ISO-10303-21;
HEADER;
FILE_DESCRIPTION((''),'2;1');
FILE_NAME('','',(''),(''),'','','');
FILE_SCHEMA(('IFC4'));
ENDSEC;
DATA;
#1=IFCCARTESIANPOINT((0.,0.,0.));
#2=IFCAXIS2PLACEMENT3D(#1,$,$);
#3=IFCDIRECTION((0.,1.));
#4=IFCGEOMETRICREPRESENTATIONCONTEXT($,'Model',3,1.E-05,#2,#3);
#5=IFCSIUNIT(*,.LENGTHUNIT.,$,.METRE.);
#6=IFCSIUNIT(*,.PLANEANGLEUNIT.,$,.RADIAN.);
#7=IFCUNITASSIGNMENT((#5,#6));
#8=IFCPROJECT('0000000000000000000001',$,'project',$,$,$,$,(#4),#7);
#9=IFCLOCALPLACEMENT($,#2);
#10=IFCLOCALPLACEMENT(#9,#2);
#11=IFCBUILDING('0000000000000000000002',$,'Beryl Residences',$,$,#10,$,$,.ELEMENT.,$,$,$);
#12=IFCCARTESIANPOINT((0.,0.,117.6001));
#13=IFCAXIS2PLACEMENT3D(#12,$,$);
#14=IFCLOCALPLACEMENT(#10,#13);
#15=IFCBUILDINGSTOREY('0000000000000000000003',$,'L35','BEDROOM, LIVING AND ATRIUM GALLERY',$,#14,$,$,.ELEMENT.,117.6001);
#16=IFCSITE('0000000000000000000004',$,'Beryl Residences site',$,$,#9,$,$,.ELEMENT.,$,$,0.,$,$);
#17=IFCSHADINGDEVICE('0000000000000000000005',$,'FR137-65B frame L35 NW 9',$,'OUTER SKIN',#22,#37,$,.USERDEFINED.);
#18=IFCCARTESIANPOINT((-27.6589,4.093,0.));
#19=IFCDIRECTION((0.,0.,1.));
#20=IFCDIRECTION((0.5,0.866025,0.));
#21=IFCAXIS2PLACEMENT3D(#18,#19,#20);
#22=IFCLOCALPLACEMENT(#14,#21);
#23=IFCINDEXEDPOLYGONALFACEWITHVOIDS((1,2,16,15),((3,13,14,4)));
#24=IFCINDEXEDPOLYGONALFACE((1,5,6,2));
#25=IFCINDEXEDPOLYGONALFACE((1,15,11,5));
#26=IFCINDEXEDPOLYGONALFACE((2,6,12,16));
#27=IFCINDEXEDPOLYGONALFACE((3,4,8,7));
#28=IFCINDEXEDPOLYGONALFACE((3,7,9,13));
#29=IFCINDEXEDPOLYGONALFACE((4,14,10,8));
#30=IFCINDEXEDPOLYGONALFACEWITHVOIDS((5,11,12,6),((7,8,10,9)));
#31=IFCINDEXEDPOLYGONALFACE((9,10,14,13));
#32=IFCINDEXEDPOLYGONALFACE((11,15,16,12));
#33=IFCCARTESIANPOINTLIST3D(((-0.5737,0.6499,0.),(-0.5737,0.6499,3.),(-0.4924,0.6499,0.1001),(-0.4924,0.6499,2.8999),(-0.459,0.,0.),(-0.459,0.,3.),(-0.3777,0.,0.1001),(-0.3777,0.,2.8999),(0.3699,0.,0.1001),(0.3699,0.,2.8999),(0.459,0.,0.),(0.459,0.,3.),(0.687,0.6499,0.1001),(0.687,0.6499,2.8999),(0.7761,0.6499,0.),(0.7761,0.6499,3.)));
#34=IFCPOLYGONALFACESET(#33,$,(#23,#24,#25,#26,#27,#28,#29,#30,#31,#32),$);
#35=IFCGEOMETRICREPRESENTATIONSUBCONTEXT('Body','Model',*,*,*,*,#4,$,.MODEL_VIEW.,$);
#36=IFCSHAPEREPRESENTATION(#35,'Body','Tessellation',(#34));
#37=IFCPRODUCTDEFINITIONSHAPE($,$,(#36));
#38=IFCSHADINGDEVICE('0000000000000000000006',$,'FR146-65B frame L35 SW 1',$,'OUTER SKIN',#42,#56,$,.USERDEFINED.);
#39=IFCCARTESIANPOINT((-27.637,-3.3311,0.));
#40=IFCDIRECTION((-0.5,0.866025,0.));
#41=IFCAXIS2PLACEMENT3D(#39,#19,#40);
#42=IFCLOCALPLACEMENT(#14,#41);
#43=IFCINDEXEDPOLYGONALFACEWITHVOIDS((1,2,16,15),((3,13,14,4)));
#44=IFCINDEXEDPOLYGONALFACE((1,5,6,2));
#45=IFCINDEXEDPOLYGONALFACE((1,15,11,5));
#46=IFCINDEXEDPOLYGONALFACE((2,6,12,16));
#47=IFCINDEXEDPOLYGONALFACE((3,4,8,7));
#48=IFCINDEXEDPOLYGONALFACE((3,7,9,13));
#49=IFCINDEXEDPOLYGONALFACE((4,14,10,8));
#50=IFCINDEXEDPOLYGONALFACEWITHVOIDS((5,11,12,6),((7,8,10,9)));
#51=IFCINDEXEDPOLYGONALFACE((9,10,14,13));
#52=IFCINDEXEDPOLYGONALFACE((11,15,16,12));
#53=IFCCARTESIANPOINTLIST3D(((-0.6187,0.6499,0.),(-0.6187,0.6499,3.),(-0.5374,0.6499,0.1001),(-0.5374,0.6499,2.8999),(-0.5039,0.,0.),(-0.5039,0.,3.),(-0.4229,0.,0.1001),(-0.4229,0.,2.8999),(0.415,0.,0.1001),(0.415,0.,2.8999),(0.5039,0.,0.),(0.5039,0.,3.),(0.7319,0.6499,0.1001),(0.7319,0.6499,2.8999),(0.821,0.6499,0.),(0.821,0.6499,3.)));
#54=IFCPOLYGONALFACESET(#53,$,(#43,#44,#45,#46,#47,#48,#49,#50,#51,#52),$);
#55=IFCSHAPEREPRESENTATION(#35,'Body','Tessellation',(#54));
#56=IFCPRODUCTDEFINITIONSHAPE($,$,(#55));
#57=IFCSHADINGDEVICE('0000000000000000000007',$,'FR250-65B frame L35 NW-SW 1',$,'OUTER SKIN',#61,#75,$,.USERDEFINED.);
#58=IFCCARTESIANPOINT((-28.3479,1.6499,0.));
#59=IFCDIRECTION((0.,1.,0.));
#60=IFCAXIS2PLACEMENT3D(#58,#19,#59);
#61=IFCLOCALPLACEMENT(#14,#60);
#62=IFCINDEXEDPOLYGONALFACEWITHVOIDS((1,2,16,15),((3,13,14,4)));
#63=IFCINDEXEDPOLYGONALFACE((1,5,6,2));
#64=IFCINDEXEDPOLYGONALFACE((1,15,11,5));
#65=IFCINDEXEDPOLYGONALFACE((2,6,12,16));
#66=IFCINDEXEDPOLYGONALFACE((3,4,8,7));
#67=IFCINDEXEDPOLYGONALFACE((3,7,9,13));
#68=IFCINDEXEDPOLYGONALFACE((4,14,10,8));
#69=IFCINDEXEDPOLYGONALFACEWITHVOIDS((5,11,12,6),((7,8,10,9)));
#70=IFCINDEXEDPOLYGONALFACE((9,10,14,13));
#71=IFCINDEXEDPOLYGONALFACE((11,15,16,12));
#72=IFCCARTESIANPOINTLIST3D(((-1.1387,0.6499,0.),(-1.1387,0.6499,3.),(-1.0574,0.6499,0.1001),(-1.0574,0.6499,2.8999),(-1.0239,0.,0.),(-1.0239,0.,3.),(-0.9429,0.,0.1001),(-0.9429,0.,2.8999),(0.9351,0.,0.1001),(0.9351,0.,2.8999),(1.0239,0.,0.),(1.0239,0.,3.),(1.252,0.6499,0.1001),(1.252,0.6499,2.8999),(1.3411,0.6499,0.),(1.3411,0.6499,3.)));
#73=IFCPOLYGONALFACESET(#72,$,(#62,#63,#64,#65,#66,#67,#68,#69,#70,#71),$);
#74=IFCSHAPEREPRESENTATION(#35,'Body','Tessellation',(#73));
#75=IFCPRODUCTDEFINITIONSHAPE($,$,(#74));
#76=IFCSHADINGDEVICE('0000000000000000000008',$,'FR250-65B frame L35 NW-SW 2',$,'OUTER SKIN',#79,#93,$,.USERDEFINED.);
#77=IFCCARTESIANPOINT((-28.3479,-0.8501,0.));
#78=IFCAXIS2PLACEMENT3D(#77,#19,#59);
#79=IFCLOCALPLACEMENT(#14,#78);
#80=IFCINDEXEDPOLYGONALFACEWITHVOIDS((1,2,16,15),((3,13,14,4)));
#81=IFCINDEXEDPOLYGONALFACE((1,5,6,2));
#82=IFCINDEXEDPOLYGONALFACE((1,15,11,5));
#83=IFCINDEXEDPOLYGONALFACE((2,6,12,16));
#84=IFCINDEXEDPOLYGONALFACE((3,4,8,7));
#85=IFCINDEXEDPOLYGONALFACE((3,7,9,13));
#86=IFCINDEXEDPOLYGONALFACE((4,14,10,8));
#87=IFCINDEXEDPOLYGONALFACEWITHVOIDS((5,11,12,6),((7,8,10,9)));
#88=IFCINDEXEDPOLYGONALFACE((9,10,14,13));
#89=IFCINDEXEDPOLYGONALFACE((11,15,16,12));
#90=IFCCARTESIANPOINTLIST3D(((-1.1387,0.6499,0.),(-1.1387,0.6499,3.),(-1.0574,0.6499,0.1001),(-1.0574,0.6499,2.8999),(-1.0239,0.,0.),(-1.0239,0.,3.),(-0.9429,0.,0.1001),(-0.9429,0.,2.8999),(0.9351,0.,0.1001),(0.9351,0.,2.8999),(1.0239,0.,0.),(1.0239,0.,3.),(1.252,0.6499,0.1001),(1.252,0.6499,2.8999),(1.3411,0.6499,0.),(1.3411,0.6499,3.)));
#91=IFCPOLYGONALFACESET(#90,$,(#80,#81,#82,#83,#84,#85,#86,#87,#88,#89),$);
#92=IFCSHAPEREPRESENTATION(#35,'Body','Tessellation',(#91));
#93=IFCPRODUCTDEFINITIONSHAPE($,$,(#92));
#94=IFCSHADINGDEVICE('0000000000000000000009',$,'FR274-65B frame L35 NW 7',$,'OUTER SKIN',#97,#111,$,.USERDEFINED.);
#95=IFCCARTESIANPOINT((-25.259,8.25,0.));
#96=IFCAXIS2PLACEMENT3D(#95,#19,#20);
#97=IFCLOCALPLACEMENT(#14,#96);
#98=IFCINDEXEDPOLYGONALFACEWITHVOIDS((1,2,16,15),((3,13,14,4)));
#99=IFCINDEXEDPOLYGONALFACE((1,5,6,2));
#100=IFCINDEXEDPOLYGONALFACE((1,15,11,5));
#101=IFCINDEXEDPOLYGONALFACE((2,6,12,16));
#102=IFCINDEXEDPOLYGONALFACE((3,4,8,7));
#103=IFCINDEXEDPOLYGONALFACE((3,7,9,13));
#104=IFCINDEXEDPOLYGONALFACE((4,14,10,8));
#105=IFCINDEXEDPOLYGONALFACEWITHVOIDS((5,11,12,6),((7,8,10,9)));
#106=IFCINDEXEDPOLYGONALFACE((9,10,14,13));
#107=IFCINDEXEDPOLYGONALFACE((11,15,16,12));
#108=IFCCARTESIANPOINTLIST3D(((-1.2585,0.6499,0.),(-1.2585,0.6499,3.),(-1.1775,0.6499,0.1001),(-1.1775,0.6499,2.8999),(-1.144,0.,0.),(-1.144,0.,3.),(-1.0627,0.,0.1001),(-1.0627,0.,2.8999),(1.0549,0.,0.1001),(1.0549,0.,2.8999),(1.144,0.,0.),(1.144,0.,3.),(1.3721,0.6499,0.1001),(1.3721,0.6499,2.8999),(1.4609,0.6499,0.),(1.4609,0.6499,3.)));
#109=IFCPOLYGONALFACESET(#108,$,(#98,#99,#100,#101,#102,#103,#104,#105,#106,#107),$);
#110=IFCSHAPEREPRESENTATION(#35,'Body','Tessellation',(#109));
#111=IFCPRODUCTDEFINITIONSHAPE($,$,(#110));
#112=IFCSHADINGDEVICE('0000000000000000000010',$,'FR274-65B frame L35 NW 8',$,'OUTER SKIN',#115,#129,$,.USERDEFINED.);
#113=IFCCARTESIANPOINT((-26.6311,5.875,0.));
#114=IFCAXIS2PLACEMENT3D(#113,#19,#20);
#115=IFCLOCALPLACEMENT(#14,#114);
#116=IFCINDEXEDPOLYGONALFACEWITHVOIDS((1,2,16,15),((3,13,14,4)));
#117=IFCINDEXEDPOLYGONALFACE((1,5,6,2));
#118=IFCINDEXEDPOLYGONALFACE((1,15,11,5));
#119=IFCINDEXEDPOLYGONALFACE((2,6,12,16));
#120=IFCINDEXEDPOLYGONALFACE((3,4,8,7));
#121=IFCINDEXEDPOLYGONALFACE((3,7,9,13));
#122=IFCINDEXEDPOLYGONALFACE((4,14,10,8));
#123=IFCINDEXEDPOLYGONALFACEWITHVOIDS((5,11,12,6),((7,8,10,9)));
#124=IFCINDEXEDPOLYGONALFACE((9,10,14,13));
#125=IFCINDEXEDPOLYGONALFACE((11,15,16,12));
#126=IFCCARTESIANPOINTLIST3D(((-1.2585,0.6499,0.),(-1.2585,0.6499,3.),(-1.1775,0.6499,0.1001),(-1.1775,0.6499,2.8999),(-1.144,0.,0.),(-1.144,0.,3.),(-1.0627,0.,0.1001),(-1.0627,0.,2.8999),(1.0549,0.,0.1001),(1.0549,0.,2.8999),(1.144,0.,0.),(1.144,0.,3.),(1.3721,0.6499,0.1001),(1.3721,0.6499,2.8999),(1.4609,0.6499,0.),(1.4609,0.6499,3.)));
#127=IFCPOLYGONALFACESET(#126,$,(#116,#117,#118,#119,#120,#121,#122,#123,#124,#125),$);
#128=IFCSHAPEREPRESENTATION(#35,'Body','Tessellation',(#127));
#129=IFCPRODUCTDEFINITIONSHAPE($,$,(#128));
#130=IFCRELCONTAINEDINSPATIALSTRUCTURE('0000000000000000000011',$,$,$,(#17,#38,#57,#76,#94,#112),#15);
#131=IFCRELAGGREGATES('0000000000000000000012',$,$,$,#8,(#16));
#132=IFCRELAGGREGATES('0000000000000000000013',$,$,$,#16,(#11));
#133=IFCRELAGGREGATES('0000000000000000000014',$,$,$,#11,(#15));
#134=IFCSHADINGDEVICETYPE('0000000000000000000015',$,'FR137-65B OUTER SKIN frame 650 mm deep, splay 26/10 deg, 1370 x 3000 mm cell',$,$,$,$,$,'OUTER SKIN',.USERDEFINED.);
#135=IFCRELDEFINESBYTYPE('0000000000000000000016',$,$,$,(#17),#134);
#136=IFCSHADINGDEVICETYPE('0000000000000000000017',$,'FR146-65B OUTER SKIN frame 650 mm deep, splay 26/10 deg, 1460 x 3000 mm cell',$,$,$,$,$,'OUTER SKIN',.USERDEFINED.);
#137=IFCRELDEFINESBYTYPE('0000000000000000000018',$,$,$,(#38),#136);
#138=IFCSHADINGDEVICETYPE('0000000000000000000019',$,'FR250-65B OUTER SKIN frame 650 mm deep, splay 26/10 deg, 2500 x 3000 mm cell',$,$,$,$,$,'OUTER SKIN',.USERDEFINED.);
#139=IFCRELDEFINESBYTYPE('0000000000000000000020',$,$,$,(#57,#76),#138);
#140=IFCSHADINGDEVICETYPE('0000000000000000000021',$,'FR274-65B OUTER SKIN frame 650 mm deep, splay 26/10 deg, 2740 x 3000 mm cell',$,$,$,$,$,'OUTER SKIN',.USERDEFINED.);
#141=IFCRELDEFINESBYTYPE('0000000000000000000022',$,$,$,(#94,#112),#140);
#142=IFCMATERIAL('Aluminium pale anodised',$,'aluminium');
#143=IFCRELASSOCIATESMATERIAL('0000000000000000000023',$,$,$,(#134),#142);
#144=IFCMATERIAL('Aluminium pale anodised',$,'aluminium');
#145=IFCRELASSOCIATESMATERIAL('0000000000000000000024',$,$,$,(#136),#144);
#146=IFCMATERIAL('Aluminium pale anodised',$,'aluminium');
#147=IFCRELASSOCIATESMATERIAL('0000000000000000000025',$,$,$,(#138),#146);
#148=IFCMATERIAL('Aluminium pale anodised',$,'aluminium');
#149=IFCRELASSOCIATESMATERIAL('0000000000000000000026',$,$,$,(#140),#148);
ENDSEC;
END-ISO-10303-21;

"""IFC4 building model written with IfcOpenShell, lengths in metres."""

from ifc_helpers import new_model, entity, si_unit, direction, frame, origin, place, context, subcontext, project, spatial, source, transform, mapped, material, type_object, type_shapes, element, save


model = new_model("IFC4")

# Units and contexts
model_context = context("Model", 3, precision=1e-05, world=origin(), true_north=direction((0.0, 1.0)))
body_context = subcontext(model_context, "Body", "Model", "MODEL_VIEW")
ifc_project = project(units=[si_unit("LENGTHUNIT", "METRE"), si_unit("PLANEANGLEUNIT", "RADIAN")], contexts=[model_context])

# Site, building, storey
site_placement = place(None, origin())
site = spatial("IfcSite", under=ifc_project, at=site_placement, Name="Beryl Residences site", CompositionType="ELEMENT", RefElevation=0.0)
building_placement = place(site_placement, origin())
building = spatial("IfcBuilding", under=site, at=building_placement, Name="Beryl Residences", CompositionType="ELEMENT")
storey_placement = place(building_placement, frame((0.0, 0.0, 117.6001)))
storey = spatial("IfcBuildingStorey", under=building, at=storey_placement, Name="L35", Description="BEDROOM, LIVING AND ATRIUM GALLERY", CompositionType="ELEMENT", Elevation=117.6001)

# Shading devices
ifc_material_1 = material(Name="Aluminium pale anodised", Category="aluminium")
shading_device_type_1 = type_object("IfcShadingDeviceType", Name="FR137-65B OUTER SKIN frame 650 mm deep, splay 26/10 deg, 1370 x 3000 mm cell", ElementType="OUTER SKIN", PredefinedType="USERDEFINED", material=ifc_material_1)
cartesian_point_1 = entity("IfcCartesianPoint", [-0.459, 0.0])
cartesian_point_2 = entity("IfcCartesianPoint", [-0.3699, 0.1001])
cartesian_point_3 = entity("IfcCartesianPoint", [-0.7761, 0.0])
cartesian_point_4 = entity("IfcCartesianPoint", [-0.687, 0.1001])
shared_shape_1 = source(origin(), body_context, "Body", "SweptSolid", [
    entity("IfcExtrudedAreaSolidTapered", entity("IfcArbitraryProfileDefWithVoids", "AREA", None, entity("IfcPolyline", [cartesian_point_1, entity("IfcCartesianPoint", [0.459, 0.0]), entity("IfcCartesianPoint", [0.459, 3.0]), entity("IfcCartesianPoint", [-0.459, 3.0]), cartesian_point_1]), [entity("IfcPolyline", [cartesian_point_2, entity("IfcCartesianPoint", [0.3777, 0.1001]), entity("IfcCartesianPoint", [0.3777, 2.8999]), entity("IfcCartesianPoint", [-0.3699, 2.8999]), cartesian_point_2])]), entity("IfcAxis2Placement3D", entity("IfcCartesianPoint", [0.0, 0.0, 0.0]), entity("IfcDirection", [0.0, 1.0, 0.0]), entity("IfcDirection", [-1.0, 0.0, 0.0])), entity("IfcDirection", [0.0, 0.0, 1.0]), 0.6499, entity("IfcArbitraryProfileDefWithVoids", "AREA", None, entity("IfcPolyline", [cartesian_point_3, entity("IfcCartesianPoint", [0.5737, 0.0]), entity("IfcCartesianPoint", [0.5737, 3.0]), entity("IfcCartesianPoint", [-0.7761, 3.0]), cartesian_point_3]), [entity("IfcPolyline", [cartesian_point_4, entity("IfcCartesianPoint", [0.4924, 0.1001]), entity("IfcCartesianPoint", [0.4924, 2.8999]), entity("IfcCartesianPoint", [-0.687, 2.8999]), cartesian_point_4])])),
])
type_shapes(shading_device_type_1, [shared_shape_1])
shading_device_1_placement = place(storey_placement, frame((-27.6589, 4.093, 0.0), z_axis=(0.0, 0.0, 1.0), x_axis=(0.5, 0.866025, 0.0)))
element("IfcShadingDevice", 1, at=shading_device_1_placement, inside=storey, type_object=shading_device_type_1, Name="FR137-65B frame L35 NW 9", ObjectType="OUTER SKIN", PredefinedType="USERDEFINED", context=body_context, shape_type="MappedRepresentation", body=[
    mapped(shared_shape_1, transform((0.0, 0.0, 0.0))),
])
ifc_material_2 = material(Name="Aluminium pale anodised", Category="aluminium")
shading_device_type_2 = type_object("IfcShadingDeviceType", Name="FR146-65B OUTER SKIN frame 650 mm deep, splay 26/10 deg, 1460 x 3000 mm cell", ElementType="OUTER SKIN", PredefinedType="USERDEFINED", material=ifc_material_2)
cartesian_point_5 = entity("IfcCartesianPoint", [-0.5039, 0.0])
cartesian_point_6 = entity("IfcCartesianPoint", [-0.415, 0.1001])
cartesian_point_7 = entity("IfcCartesianPoint", [-0.821, 0.0])
cartesian_point_8 = entity("IfcCartesianPoint", [-0.7319, 0.1001])
shared_shape_2 = source(origin(), body_context, "Body", "SweptSolid", [
    entity("IfcExtrudedAreaSolidTapered", entity("IfcArbitraryProfileDefWithVoids", "AREA", None, entity("IfcPolyline", [cartesian_point_5, entity("IfcCartesianPoint", [0.5039, 0.0]), entity("IfcCartesianPoint", [0.5039, 3.0]), entity("IfcCartesianPoint", [-0.5039, 3.0]), cartesian_point_5]), [entity("IfcPolyline", [cartesian_point_6, entity("IfcCartesianPoint", [0.4229, 0.1001]), entity("IfcCartesianPoint", [0.4229, 2.8999]), entity("IfcCartesianPoint", [-0.415, 2.8999]), cartesian_point_6])]), entity("IfcAxis2Placement3D", entity("IfcCartesianPoint", [0.0, 0.0, 0.0]), entity("IfcDirection", [0.0, 1.0, 0.0]), entity("IfcDirection", [-1.0, 0.0, 0.0])), entity("IfcDirection", [0.0, 0.0, 1.0]), 0.6499, entity("IfcArbitraryProfileDefWithVoids", "AREA", None, entity("IfcPolyline", [cartesian_point_7, entity("IfcCartesianPoint", [0.6187, 0.0]), entity("IfcCartesianPoint", [0.6187, 3.0]), entity("IfcCartesianPoint", [-0.821, 3.0]), cartesian_point_7]), [entity("IfcPolyline", [cartesian_point_8, entity("IfcCartesianPoint", [0.5374, 0.1001]), entity("IfcCartesianPoint", [0.5374, 2.8999]), entity("IfcCartesianPoint", [-0.7319, 2.8999]), cartesian_point_8])])),
])
type_shapes(shading_device_type_2, [shared_shape_2])
shading_device_2_placement = place(storey_placement, frame((-27.637, -3.3311, 0.0), z_axis=(0.0, 0.0, 1.0), x_axis=(-0.5, 0.866025, 0.0)))
element("IfcShadingDevice", 2, at=shading_device_2_placement, inside=storey, type_object=shading_device_type_2, Name="FR146-65B frame L35 SW 1", ObjectType="OUTER SKIN", PredefinedType="USERDEFINED", context=body_context, shape_type="MappedRepresentation", body=[
    mapped(shared_shape_2, transform((0.0, 0.0, 0.0))),
])
ifc_material_3 = material(Name="Aluminium pale anodised", Category="aluminium")
shading_device_type_3 = type_object("IfcShadingDeviceType", Name="FR250-65B OUTER SKIN frame 650 mm deep, splay 26/10 deg, 2500 x 3000 mm cell", ElementType="OUTER SKIN", PredefinedType="USERDEFINED", material=ifc_material_3)
cartesian_point_9 = entity("IfcCartesianPoint", [-1.0239, 0.0])
cartesian_point_10 = entity("IfcCartesianPoint", [-0.9351, 0.1001])
cartesian_point_11 = entity("IfcCartesianPoint", [-1.3411, 0.0])
cartesian_point_12 = entity("IfcCartesianPoint", [-1.252, 0.1001])
shared_shape_3 = source(origin(), body_context, "Body", "SweptSolid", [
    entity("IfcExtrudedAreaSolidTapered", entity("IfcArbitraryProfileDefWithVoids", "AREA", None, entity("IfcPolyline", [cartesian_point_9, entity("IfcCartesianPoint", [1.0239, 0.0]), entity("IfcCartesianPoint", [1.0239, 3.0]), entity("IfcCartesianPoint", [-1.0239, 3.0]), cartesian_point_9]), [entity("IfcPolyline", [cartesian_point_10, entity("IfcCartesianPoint", [0.9429, 0.1001]), entity("IfcCartesianPoint", [0.9429, 2.8999]), entity("IfcCartesianPoint", [-0.9351, 2.8999]), cartesian_point_10])]), entity("IfcAxis2Placement3D", entity("IfcCartesianPoint", [0.0, 0.0, 0.0]), entity("IfcDirection", [0.0, 1.0, 0.0]), entity("IfcDirection", [-1.0, 0.0, 0.0])), entity("IfcDirection", [0.0, 0.0, 1.0]), 0.6499, entity("IfcArbitraryProfileDefWithVoids", "AREA", None, entity("IfcPolyline", [cartesian_point_11, entity("IfcCartesianPoint", [1.1387, 0.0]), entity("IfcCartesianPoint", [1.1387, 3.0]), entity("IfcCartesianPoint", [-1.3411, 3.0]), cartesian_point_11]), [entity("IfcPolyline", [cartesian_point_12, entity("IfcCartesianPoint", [1.0574, 0.1001]), entity("IfcCartesianPoint", [1.0574, 2.8999]), entity("IfcCartesianPoint", [-1.252, 2.8999]), cartesian_point_12])])),
])
type_shapes(shading_device_type_3, [shared_shape_3])
for number, where, z_axis, x_axis, name in (
    (3, (-28.3479, 1.6499, 0.0), (0.0, 0.0, 1.0), (0.0, 1.0, 0.0), "FR250-65B frame L35 NW-SW 1"),
    (4, (-28.3479, -0.8501, 0.0), (0.0, 0.0, 1.0), (0.0, 1.0, 0.0), "FR250-65B frame L35 NW-SW 2"),
):
    element("IfcShadingDevice", number, at=place(storey_placement, frame(where, z_axis=z_axis, x_axis=x_axis)), inside=storey, type_object=shading_device_type_3, Name=name, ObjectType="OUTER SKIN", PredefinedType="USERDEFINED", context=body_context, shape_type="MappedRepresentation", body=[
        mapped(shared_shape_3, transform((0.0, 0.0, 0.0))),
    ])
ifc_material_4 = material(Name="Aluminium pale anodised", Category="aluminium")
shading_device_type_4 = type_object("IfcShadingDeviceType", Name="FR274-65B OUTER SKIN frame 650 mm deep, splay 26/10 deg, 2740 x 3000 mm cell", ElementType="OUTER SKIN", PredefinedType="USERDEFINED", material=ifc_material_4)
cartesian_point_13 = entity("IfcCartesianPoint", [-1.144, 0.0])
cartesian_point_14 = entity("IfcCartesianPoint", [-1.0549, 0.1001])
cartesian_point_15 = entity("IfcCartesianPoint", [-1.4609, 0.0])
cartesian_point_16 = entity("IfcCartesianPoint", [-1.3721, 0.1001])
shared_shape_4 = source(origin(), body_context, "Body", "SweptSolid", [
    entity("IfcExtrudedAreaSolidTapered", entity("IfcArbitraryProfileDefWithVoids", "AREA", None, entity("IfcPolyline", [cartesian_point_13, entity("IfcCartesianPoint", [1.144, 0.0]), entity("IfcCartesianPoint", [1.144, 3.0]), entity("IfcCartesianPoint", [-1.144, 3.0]), cartesian_point_13]), [entity("IfcPolyline", [cartesian_point_14, entity("IfcCartesianPoint", [1.0627, 0.1001]), entity("IfcCartesianPoint", [1.0627, 2.8999]), entity("IfcCartesianPoint", [-1.0549, 2.8999]), cartesian_point_14])]), entity("IfcAxis2Placement3D", entity("IfcCartesianPoint", [0.0, 0.0, 0.0]), entity("IfcDirection", [0.0, 1.0, 0.0]), entity("IfcDirection", [-1.0, 0.0, 0.0])), entity("IfcDirection", [0.0, 0.0, 1.0]), 0.6499, entity("IfcArbitraryProfileDefWithVoids", "AREA", None, entity("IfcPolyline", [cartesian_point_15, entity("IfcCartesianPoint", [1.2585, 0.0]), entity("IfcCartesianPoint", [1.2585, 3.0]), entity("IfcCartesianPoint", [-1.4609, 3.0]), cartesian_point_15]), [entity("IfcPolyline", [cartesian_point_16, entity("IfcCartesianPoint", [1.1775, 0.1001]), entity("IfcCartesianPoint", [1.1775, 2.8999]), entity("IfcCartesianPoint", [-1.3721, 2.8999]), cartesian_point_16])])),
])
type_shapes(shading_device_type_4, [shared_shape_4])
for number, where, z_axis, x_axis, name in (
    (5, (-25.259, 8.25, 0.0), (0.0, 0.0, 1.0), (0.5, 0.866025, 0.0), "FR274-65B frame L35 NW 7"),
    (6, (-26.6311, 5.875, 0.0), (0.0, 0.0, 1.0), (0.5, 0.866025, 0.0), "FR274-65B frame L35 NW 8"),
):
    element("IfcShadingDevice", number, at=place(storey_placement, frame(where, z_axis=z_axis, x_axis=x_axis)), inside=storey, type_object=shading_device_type_4, Name=name, ObjectType="OUTER SKIN", PredefinedType="USERDEFINED", context=body_context, shape_type="MappedRepresentation", body=[
        mapped(shared_shape_4, transform((0.0, 0.0, 0.0))),
    ])

save(model, "model.ifc")
